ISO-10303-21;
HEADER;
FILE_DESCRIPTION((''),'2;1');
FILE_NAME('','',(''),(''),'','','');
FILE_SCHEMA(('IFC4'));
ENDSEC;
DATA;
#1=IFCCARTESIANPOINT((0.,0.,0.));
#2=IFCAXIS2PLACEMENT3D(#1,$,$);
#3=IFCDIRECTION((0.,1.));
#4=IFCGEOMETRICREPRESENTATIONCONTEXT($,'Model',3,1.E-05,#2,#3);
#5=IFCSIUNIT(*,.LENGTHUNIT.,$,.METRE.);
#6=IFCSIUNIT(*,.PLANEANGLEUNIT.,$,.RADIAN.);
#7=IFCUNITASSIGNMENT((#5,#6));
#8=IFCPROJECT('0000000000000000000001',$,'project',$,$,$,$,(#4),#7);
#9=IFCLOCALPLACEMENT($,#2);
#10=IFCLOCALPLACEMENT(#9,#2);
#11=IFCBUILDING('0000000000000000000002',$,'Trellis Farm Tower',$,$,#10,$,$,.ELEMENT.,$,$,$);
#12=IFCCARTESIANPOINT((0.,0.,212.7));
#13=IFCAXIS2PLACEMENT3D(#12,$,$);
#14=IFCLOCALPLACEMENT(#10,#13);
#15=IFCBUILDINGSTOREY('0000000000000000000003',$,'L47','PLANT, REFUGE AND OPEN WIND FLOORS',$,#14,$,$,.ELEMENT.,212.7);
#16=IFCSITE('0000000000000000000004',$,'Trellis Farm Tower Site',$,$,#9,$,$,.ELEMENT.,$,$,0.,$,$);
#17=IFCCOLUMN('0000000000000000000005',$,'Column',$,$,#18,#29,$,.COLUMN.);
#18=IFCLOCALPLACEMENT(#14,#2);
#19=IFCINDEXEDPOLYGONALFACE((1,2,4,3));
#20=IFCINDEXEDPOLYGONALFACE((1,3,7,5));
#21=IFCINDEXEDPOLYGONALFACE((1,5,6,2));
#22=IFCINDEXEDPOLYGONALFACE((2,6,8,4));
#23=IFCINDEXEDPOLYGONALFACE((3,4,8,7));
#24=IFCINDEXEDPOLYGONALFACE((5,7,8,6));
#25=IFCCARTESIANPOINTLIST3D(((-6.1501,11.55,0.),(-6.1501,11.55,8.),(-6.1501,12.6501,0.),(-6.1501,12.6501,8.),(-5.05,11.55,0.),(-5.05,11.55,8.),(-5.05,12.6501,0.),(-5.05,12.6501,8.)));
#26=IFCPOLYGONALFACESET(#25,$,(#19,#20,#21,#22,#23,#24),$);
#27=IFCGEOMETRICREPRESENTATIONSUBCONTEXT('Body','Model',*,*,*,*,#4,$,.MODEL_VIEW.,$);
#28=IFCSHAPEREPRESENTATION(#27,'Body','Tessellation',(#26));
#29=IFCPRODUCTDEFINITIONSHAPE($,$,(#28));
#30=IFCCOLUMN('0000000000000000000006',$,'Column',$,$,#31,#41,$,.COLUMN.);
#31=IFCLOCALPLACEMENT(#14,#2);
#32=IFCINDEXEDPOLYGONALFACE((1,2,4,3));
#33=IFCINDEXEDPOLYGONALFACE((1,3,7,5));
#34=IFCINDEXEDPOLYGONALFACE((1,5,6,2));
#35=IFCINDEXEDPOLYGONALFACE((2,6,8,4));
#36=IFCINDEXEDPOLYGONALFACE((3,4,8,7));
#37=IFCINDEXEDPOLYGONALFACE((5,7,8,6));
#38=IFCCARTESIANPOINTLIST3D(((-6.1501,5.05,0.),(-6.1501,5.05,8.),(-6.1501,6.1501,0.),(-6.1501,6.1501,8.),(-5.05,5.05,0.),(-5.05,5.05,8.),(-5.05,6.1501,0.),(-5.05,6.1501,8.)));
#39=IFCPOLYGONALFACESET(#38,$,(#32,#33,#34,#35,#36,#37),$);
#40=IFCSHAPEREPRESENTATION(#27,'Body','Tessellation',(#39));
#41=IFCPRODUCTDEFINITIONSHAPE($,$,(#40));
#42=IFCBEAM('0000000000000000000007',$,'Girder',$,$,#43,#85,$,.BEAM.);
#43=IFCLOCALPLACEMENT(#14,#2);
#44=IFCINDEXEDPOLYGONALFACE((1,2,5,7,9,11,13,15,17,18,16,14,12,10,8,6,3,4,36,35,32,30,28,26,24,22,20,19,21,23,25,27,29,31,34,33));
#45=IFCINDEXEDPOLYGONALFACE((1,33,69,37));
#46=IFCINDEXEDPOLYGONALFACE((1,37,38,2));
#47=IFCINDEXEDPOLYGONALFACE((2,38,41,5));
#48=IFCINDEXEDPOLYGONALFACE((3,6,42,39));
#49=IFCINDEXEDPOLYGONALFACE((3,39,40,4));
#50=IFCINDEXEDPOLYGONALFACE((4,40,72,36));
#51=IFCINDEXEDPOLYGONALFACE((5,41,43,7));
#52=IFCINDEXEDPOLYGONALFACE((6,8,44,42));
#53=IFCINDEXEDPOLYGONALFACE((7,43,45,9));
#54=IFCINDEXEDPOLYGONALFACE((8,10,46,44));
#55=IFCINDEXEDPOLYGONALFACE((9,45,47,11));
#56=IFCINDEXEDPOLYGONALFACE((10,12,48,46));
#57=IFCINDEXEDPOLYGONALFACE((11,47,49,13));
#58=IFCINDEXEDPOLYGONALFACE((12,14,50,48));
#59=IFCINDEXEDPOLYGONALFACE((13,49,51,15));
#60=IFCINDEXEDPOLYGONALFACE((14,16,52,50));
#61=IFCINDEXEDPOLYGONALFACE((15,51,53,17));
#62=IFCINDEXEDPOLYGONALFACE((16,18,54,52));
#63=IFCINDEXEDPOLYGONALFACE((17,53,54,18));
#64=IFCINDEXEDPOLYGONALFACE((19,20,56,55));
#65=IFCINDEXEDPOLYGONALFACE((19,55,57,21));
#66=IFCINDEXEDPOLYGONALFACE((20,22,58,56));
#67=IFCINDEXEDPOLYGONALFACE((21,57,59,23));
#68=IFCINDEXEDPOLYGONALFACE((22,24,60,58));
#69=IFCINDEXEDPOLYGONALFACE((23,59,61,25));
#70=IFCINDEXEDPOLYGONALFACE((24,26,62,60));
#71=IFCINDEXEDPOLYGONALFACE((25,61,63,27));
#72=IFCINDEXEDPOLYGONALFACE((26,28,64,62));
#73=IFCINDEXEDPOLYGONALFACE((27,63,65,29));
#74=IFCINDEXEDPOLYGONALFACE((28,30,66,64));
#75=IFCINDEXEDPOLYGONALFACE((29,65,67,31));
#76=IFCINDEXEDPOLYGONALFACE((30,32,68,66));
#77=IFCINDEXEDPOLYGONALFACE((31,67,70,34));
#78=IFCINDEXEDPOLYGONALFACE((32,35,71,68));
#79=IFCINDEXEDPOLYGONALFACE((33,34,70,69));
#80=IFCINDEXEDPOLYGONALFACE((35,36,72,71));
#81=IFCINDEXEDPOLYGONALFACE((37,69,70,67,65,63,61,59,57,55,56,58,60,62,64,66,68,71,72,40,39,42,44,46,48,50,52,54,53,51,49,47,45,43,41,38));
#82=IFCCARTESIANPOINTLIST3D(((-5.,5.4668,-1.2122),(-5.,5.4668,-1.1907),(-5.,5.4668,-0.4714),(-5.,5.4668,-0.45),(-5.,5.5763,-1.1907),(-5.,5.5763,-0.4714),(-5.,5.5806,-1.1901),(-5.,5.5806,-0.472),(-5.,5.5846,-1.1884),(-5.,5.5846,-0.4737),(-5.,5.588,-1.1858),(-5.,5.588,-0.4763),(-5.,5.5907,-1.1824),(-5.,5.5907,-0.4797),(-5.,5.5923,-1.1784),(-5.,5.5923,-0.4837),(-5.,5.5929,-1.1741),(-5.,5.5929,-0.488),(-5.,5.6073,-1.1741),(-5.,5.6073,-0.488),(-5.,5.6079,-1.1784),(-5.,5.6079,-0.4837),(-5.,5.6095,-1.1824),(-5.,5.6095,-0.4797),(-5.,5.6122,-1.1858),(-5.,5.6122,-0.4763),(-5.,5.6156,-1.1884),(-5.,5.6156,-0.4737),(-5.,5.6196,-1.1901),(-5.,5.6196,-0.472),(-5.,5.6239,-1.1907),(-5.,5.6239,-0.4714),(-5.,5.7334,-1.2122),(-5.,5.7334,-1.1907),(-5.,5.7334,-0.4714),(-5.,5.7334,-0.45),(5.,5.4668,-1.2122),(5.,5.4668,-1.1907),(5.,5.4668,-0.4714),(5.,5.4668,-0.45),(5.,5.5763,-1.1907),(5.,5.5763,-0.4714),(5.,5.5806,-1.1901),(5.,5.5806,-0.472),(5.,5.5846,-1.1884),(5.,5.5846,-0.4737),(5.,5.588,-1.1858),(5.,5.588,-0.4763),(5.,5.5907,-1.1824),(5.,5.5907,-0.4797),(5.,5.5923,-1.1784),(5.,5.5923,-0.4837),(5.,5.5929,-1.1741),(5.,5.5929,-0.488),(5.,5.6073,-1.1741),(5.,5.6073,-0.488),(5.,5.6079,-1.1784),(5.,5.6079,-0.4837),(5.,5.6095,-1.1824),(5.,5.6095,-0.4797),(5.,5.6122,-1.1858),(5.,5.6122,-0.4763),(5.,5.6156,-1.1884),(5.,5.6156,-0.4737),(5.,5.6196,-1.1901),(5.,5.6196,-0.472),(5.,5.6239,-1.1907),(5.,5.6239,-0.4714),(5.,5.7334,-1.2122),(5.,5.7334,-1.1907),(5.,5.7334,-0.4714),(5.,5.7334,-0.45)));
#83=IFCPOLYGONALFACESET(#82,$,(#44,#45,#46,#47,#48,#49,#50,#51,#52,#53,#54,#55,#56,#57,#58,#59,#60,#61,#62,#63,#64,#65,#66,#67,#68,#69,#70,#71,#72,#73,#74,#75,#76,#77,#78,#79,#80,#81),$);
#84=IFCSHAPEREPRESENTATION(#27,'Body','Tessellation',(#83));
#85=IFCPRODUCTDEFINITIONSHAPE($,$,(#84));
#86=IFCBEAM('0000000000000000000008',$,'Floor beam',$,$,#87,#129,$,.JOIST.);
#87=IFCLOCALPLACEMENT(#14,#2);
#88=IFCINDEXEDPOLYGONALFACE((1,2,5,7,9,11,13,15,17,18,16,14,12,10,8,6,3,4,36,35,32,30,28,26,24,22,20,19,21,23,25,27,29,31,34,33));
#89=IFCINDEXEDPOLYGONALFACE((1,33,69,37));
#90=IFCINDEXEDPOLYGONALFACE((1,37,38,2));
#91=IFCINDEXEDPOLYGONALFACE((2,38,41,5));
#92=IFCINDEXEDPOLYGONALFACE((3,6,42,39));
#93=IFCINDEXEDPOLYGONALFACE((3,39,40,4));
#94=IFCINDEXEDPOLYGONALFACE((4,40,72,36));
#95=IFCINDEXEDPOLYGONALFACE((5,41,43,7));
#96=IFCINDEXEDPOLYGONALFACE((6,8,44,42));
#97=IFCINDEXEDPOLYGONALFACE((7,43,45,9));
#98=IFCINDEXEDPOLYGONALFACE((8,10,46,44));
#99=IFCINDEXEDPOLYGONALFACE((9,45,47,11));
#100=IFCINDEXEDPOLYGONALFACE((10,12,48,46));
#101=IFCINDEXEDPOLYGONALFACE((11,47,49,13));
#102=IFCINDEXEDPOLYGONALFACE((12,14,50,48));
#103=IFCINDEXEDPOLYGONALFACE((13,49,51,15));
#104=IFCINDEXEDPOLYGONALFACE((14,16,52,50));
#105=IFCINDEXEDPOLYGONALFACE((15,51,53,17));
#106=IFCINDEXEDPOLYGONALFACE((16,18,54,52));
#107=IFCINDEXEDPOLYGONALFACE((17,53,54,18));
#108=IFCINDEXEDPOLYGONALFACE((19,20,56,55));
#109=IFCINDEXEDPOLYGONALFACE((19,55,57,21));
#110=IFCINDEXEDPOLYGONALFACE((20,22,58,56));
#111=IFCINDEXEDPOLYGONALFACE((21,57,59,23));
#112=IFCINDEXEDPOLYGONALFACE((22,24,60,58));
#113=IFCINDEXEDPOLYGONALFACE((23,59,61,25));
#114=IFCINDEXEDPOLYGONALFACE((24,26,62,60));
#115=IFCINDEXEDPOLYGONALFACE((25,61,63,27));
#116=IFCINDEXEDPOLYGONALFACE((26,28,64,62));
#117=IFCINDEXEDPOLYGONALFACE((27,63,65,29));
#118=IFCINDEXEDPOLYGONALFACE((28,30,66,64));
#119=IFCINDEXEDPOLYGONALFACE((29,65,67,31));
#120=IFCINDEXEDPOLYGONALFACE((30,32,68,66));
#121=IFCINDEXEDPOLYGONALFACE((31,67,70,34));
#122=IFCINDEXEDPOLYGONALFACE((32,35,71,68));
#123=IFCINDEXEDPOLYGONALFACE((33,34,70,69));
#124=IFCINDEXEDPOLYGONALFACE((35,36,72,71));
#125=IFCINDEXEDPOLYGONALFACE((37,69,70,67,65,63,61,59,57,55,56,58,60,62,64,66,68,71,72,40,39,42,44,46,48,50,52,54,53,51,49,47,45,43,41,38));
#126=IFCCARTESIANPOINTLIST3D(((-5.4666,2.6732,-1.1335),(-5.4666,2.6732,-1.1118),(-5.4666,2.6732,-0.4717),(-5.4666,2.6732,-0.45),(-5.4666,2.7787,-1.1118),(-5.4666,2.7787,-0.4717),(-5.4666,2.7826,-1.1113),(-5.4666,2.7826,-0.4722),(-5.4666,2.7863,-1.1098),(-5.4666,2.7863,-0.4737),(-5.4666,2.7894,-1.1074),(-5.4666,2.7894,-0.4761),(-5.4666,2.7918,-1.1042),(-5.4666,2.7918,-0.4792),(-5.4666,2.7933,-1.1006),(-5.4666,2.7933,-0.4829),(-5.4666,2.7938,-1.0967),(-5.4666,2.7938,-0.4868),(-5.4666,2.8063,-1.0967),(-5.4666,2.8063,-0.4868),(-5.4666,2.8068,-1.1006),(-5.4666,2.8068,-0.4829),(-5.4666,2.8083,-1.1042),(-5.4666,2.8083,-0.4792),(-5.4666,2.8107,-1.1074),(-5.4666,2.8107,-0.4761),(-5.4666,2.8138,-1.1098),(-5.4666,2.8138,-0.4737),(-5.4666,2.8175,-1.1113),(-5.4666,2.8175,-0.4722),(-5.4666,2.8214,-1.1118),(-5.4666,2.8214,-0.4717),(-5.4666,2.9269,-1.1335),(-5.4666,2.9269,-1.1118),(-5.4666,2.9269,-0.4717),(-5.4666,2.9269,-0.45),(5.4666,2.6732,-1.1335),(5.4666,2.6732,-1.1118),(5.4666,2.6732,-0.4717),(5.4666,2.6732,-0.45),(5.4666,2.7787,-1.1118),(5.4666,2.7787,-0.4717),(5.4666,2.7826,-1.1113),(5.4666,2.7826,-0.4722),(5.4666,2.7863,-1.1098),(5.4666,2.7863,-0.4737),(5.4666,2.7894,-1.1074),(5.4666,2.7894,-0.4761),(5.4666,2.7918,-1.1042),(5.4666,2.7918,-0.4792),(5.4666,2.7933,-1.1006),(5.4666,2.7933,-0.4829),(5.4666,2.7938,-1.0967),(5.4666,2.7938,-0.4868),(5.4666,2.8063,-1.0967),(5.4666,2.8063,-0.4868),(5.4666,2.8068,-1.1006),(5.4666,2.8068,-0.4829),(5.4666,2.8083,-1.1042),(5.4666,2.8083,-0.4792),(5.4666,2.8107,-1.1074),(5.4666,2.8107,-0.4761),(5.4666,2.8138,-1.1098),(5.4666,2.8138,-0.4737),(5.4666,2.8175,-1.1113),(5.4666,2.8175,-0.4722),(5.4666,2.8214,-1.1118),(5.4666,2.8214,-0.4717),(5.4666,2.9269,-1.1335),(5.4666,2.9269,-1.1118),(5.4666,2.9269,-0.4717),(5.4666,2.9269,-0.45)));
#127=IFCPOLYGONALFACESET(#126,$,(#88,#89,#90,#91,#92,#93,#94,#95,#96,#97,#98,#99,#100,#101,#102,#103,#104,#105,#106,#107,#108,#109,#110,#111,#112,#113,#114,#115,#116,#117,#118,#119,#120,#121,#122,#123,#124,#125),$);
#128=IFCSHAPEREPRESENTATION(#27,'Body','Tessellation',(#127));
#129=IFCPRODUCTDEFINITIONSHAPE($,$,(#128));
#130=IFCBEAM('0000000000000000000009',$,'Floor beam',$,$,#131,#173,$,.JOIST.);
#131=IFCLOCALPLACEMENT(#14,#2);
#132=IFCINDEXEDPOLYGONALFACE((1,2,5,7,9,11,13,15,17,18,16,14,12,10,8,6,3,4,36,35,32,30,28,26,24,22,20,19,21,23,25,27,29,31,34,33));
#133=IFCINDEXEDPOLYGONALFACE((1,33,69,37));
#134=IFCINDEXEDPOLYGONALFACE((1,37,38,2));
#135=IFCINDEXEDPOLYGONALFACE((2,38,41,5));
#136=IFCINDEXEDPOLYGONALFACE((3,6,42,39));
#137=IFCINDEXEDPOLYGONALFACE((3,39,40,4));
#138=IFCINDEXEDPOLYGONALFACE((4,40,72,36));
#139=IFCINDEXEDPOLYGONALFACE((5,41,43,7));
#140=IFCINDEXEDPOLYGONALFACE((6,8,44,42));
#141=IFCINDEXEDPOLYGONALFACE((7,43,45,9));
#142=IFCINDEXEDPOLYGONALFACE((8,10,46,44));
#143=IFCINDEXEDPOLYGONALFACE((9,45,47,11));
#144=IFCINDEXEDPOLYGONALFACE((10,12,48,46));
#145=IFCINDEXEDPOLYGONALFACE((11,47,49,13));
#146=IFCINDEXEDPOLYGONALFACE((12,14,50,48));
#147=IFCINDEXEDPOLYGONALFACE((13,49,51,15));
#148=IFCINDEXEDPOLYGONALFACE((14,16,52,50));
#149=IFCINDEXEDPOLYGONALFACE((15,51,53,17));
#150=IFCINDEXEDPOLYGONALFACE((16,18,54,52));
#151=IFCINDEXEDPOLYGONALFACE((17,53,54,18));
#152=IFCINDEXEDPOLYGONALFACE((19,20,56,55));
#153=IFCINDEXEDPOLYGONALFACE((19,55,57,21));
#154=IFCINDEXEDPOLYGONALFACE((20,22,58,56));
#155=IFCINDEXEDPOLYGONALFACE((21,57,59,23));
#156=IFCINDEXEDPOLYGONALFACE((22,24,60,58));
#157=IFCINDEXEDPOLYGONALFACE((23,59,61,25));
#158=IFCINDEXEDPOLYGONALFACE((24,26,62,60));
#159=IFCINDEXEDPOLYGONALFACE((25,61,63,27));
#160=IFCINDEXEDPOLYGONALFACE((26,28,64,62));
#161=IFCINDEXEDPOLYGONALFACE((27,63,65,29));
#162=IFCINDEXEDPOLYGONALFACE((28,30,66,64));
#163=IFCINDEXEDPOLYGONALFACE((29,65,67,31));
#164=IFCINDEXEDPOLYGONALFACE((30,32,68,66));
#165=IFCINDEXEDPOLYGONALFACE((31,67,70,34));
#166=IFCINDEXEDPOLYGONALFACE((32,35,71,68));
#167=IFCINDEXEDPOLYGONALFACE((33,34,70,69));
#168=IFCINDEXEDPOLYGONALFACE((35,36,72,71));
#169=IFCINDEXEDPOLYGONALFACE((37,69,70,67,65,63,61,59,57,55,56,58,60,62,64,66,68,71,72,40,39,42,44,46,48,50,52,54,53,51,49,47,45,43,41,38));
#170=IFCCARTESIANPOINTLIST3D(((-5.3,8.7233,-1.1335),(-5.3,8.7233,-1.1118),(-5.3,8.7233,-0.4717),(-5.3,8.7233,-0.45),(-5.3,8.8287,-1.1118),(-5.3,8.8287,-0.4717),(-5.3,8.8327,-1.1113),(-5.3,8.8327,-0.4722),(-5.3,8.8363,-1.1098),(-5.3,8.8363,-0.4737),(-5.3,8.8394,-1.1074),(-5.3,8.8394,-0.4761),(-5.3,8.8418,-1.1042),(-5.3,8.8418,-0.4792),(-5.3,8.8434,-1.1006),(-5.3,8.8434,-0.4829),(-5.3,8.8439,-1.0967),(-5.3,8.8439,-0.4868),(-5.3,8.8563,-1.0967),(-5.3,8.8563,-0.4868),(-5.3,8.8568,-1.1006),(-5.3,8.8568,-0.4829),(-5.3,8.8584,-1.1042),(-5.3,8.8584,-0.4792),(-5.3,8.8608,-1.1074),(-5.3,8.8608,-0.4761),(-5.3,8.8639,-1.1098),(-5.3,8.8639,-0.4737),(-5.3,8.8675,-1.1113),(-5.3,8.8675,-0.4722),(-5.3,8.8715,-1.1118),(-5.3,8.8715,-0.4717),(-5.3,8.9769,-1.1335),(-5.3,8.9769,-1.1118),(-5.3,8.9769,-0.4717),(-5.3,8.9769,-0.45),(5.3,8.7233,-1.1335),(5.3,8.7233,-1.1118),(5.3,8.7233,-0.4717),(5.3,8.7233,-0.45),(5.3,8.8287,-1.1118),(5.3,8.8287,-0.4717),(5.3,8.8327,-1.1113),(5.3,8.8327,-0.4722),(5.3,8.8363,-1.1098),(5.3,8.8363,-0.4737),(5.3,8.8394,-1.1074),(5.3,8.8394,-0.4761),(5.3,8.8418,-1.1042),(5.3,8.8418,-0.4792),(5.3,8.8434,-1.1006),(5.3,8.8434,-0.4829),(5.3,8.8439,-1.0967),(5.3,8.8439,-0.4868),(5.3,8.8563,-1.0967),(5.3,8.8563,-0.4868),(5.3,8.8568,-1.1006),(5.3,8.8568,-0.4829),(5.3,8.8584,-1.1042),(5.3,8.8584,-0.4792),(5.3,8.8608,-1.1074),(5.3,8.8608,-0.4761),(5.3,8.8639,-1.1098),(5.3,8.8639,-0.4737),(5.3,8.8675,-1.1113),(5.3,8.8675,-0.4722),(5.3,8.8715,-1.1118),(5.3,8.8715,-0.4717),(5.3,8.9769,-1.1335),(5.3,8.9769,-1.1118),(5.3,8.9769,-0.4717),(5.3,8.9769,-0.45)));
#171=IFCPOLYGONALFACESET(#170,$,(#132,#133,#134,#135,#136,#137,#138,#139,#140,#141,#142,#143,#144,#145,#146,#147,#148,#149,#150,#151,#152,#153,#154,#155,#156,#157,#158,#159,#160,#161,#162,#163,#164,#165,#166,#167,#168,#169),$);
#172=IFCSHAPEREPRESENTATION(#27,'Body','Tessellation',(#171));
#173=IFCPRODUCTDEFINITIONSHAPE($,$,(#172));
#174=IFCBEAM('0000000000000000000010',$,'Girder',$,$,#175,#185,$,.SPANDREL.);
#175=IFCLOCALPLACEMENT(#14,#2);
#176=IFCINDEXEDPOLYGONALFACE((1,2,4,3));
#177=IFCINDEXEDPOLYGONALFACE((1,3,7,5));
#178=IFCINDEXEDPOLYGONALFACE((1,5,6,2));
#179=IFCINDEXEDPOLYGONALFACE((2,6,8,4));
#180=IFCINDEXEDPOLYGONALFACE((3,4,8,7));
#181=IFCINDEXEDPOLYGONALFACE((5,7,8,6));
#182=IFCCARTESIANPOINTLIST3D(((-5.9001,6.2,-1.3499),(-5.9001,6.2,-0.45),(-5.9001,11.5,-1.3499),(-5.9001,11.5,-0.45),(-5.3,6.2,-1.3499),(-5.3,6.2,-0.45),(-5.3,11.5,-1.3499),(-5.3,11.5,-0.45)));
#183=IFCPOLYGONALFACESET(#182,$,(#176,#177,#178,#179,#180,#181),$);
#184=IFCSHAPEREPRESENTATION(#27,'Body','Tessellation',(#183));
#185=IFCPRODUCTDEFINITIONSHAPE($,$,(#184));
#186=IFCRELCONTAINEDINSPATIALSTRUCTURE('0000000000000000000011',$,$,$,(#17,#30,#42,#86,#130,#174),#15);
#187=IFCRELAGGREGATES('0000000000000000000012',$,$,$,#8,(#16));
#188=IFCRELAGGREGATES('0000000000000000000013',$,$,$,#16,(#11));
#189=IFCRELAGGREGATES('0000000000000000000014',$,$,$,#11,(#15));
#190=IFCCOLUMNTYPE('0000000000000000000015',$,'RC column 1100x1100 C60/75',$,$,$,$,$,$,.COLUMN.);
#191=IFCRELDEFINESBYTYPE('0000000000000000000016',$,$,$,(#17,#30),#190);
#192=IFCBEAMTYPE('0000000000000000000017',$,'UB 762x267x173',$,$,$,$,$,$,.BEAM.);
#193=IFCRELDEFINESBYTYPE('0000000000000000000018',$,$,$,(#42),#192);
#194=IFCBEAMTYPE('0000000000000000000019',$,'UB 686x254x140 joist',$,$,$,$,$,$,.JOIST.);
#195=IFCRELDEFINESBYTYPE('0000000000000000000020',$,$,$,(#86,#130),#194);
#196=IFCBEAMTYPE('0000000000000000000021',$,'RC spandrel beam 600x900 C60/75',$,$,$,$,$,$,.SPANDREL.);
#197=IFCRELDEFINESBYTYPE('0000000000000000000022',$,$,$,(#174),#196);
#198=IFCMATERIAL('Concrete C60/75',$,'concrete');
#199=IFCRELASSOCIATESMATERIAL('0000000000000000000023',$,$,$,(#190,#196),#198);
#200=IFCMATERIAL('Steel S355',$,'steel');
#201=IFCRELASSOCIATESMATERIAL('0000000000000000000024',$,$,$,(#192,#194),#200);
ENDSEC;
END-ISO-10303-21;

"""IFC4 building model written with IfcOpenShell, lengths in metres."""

from ifc_helpers import new_model, si_unit, direction, frame, origin, origin_2d, place, context, subcontext, project, spatial, rectangle, i_section, extrude, source, transform, mapped, material, material_profile, profile_set, type_object, element, save


model = new_model("IFC4")

# Units and contexts
model_context = context("Model", 3, precision=1e-05, world=origin(), true_north=direction((0.0, 1.0)))
body_context = subcontext(model_context, "Body", "Model", "MODEL_VIEW")
ifc_project = project(units=[si_unit("LENGTHUNIT", "METRE"), si_unit("PLANEANGLEUNIT", "RADIAN")], contexts=[model_context])

# Site, building, storey
site_placement = place(None, origin())
site = spatial("IfcSite", under=ifc_project, at=site_placement, Name="Trellis Farm Tower Site", CompositionType="ELEMENT", RefElevation=0.0)
building_placement = place(site_placement, origin())
building = spatial("IfcBuilding", under=site, at=building_placement, Name="Trellis Farm Tower", CompositionType="ELEMENT")
storey_placement = place(building_placement, frame((0.0, 0.0, 212.7)))
storey = spatial("IfcBuildingStorey", under=building, at=storey_placement, Name="L47", Description="PLANT, REFUGE AND OPEN WIND FLOORS", CompositionType="ELEMENT", Elevation=212.7)

# Columns
ifc_material_1 = material(Name="Concrete C60/75", Category="concrete")
ifc_material_profile_1 = material_profile(ifc_material_1, rectangle(XDim=1.1001, YDim=1.1001, at=origin_2d()), Name="RC column 1100x1100 C60/75")
ifc_profile_set_1 = profile_set([ifc_material_profile_1], Name="Concrete C60/75")
column_type = type_object("IfcColumnType", Name="RC column 1100x1100 C60/75", PredefinedType="COLUMN", material=ifc_profile_set_1)
shared_shape_1 = source(origin(), body_context, "Body", "SweptSolid", [
    extrude(rectangle(XDim=1.1001, YDim=1.1001, at=origin_2d()), origin(), (0.0, 0.0, 1.0), 8.0),
])
for number, where, z_axis, x_axis, name in (
    (1, (-5.6001, 12.1001, 0.0), (0.0, 0.0, 1.0), (1.0, 0.0, 0.0), "Column"),
    (2, (-5.6001, 5.6001, 0.0), (0.0, 0.0, 1.0), (1.0, 0.0, 0.0), "Column"),
):
    element("IfcColumn", number, at=place(storey_placement, frame(where, z_axis=z_axis, x_axis=x_axis)), inside=storey, type_object=column_type, Name=name, PredefinedType="COLUMN", context=body_context, shape_type="MappedRepresentation", body=[
        mapped(shared_shape_1, transform((0.0, 0.0, 0.0))),
    ])

# Beams
ifc_material_2 = material(Name="Steel S355", Category="steel")
ifc_material_profile_2 = material_profile(ifc_material_2, i_section(OverallWidth=0.2666, OverallDepth=0.7622, WebThickness=0.0144, FlangeThickness=0.0215, FilletRadius=0.0166, at=origin_2d()), Name="UB 762x267x173")
ifc_profile_set_2 = profile_set([ifc_material_profile_2], Name="Steel S355")
beam_type_1 = type_object("IfcBeamType", Name="UB 762x267x173", PredefinedType="BEAM", material=ifc_profile_set_2)
shared_shape_2 = source(origin(), body_context, "Body", "SweptSolid", [
    extrude(i_section(OverallWidth=0.2666, OverallDepth=0.7622, WebThickness=0.0144, FlangeThickness=0.0215, FilletRadius=0.0166, at=origin_2d()), origin(), (0.0, 0.0, 1.0), 10.0),
])
beam_1_placement = place(storey_placement, frame((-5.0, 5.6001, -0.8311), z_axis=(1.0, 0.0, 0.0), x_axis=(0.0, 1.0, 0.0)))
element("IfcBeam", 3, at=beam_1_placement, inside=storey, type_object=beam_type_1, Name="Girder", PredefinedType="BEAM", context=body_context, shape_type="MappedRepresentation", body=[
    mapped(shared_shape_2, transform((0.0, 0.0, 0.0))),
])
ifc_material_profile_3 = material_profile(ifc_material_2, i_section(OverallWidth=0.2537, OverallDepth=0.6836, WebThickness=0.0125, FlangeThickness=0.0217, FilletRadius=0.0151, at=origin_2d()), Name="UB 686x254x140")
ifc_profile_set_3 = profile_set([ifc_material_profile_3], Name="Steel S355")
beam_type_2 = type_object("IfcBeamType", Name="UB 686x254x140 joist", PredefinedType="JOIST", material=ifc_profile_set_3)
shared_shape_3 = source(origin(), body_context, "Body", "SweptSolid", [
    extrude(i_section(OverallWidth=0.2537, OverallDepth=0.6836, WebThickness=0.0125, FlangeThickness=0.0217, FilletRadius=0.0151, at=origin_2d()), origin(), (0.0, 0.0, 1.0), 10.9331),
])
beam_2_placement = place(storey_placement, frame((-5.4666, 2.8, -0.7917), z_axis=(1.0, 0.0, 0.0), x_axis=(0.0, 1.0, 0.0)))
element("IfcBeam", 4, at=beam_2_placement, inside=storey, type_object=beam_type_2, Name="Floor beam", PredefinedType="JOIST", context=body_context, shape_type="MappedRepresentation", body=[
    mapped(shared_shape_3, transform((0.0, 0.0, 0.0))),
])
shared_shape_4 = source(origin(), body_context, "Body", "SweptSolid", [
    extrude(i_section(OverallWidth=0.2537, OverallDepth=0.6836, WebThickness=0.0125, FlangeThickness=0.0217, FilletRadius=0.0151, at=origin_2d()), origin(), (0.0, 0.0, 1.0), 10.6001),
])
beam_3_placement = place(storey_placement, frame((-5.3, 8.8501, -0.7917), z_axis=(1.0, 0.0, 0.0), x_axis=(0.0, 1.0, 0.0)))
element("IfcBeam", 5, at=beam_3_placement, inside=storey, type_object=beam_type_2, Name="Floor beam", PredefinedType="JOIST", context=body_context, shape_type="MappedRepresentation", body=[
    mapped(shared_shape_4, transform((0.0, 0.0, 0.0))),
])
ifc_material_profile_4 = material_profile(ifc_material_1, rectangle(XDim=0.6001, YDim=0.8999, at=origin_2d()), Name="RC spandrel beam 600x900 C60/75")
ifc_profile_set_4 = profile_set([ifc_material_profile_4], Name="Concrete C60/75")
beam_type_3 = type_object("IfcBeamType", Name="RC spandrel beam 600x900 C60/75", PredefinedType="SPANDREL", material=ifc_profile_set_4)
shared_shape_5 = source(origin(), body_context, "Body", "SweptSolid", [
    extrude(rectangle(XDim=0.6001, YDim=0.8999, at=origin_2d()), origin(), (0.0, 0.0, 1.0), 5.3),
])
beam_4_placement = place(storey_placement, frame((-5.6001, 6.2, -0.8999), z_axis=(0.0, 1.0, 0.0), x_axis=(-1.0, 0.0, 0.0)))
element("IfcBeam", 6, at=beam_4_placement, inside=storey, type_object=beam_type_3, Name="Girder", PredefinedType="SPANDREL", context=body_context, shape_type="MappedRepresentation", body=[
    mapped(shared_shape_5, transform((0.0, 0.0, 0.0))),
])

save(model, "model.ifc")
